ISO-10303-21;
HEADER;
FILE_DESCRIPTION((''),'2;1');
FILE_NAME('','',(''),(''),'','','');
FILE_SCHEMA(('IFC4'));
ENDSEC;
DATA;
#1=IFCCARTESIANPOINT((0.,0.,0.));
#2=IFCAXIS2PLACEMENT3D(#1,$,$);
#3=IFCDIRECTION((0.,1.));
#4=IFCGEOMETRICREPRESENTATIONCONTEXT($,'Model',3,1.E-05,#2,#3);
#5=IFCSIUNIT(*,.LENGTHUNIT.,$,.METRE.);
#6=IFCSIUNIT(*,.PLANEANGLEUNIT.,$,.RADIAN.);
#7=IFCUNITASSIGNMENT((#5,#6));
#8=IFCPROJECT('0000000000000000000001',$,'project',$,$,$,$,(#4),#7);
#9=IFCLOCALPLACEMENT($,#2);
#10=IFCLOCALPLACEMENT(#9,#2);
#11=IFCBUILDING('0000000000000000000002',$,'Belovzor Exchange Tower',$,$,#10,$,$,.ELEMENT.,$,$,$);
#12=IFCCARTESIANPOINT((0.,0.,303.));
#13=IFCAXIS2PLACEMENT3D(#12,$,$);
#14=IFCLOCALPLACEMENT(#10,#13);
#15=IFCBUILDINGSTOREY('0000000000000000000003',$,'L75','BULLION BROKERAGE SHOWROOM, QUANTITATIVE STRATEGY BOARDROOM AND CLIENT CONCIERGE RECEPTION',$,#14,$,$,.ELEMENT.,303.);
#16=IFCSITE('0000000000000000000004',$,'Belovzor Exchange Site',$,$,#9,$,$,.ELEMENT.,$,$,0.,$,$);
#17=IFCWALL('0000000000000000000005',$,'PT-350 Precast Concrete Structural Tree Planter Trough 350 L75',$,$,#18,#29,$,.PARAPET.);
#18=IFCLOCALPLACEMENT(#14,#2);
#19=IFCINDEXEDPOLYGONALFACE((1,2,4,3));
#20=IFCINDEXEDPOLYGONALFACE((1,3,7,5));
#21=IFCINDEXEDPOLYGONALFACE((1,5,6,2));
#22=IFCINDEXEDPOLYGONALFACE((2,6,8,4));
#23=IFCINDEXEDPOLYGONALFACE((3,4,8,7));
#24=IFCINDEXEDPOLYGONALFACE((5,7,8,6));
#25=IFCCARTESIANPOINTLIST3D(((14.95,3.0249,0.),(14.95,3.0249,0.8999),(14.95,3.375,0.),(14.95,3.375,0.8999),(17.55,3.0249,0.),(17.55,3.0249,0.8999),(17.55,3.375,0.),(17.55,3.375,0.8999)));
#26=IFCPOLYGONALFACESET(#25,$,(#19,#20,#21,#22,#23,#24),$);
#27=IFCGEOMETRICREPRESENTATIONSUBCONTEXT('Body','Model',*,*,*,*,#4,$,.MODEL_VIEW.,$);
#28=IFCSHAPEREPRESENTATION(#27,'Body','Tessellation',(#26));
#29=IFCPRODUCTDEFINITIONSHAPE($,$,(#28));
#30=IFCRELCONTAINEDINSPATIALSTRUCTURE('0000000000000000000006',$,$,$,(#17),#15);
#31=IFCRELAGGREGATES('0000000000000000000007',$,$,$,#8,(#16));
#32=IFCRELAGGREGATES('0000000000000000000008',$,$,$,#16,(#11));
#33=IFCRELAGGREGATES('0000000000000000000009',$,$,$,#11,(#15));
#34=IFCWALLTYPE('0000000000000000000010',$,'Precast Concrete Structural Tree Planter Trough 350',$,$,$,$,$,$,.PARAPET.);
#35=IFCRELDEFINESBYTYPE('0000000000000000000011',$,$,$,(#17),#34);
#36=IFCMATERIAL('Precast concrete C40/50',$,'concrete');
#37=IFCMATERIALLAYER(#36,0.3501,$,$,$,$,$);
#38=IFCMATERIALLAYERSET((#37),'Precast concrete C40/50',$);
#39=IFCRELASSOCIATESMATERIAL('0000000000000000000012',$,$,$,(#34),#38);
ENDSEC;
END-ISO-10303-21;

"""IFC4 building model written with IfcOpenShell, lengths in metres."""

from ifc_helpers import new_model, si_unit, direction, frame, frame_2d, origin, place, context, subcontext, project, spatial, rectangle, extrude, material, layer, layer_set, type_object, element, save


model = new_model("IFC4")

# Units and contexts
model_context = context("Model", 3, precision=1e-05, world=origin(), true_north=direction((0.0, 1.0)))
body_context = subcontext(model_context, "Body", "Model", "MODEL_VIEW")
ifc_project = project(units=[si_unit("LENGTHUNIT", "METRE"), si_unit("PLANEANGLEUNIT", "RADIAN")], contexts=[model_context])

# Site, building, storey
site_placement = place(None, origin())
site = spatial("IfcSite", under=ifc_project, at=site_placement, Name="Belovzor Exchange Site", CompositionType="ELEMENT", RefElevation=0.0)
building_placement = place(site_placement, origin())
building = spatial("IfcBuilding", under=site, at=building_placement, Name="Belovzor Exchange Tower", CompositionType="ELEMENT")
storey_placement = place(building_placement, frame((0.0, 0.0, 303.0)))
storey = spatial("IfcBuildingStorey", under=building, at=storey_placement, Name="L75", Description="BULLION BROKERAGE SHOWROOM, QUANTITATIVE STRATEGY BOARDROOM AND CLIENT CONCIERGE RECEPTION", CompositionType="ELEMENT", Elevation=303.0)

# Wall
ifc_material_1 = material(Name="Precast concrete C40/50", Category="concrete")
ifc_layer_1 = layer(ifc_material_1, 0.3501)
ifc_layer_set_1 = layer_set([ifc_layer_1], Name="Precast concrete C40/50")
wall_type_1 = type_object("IfcWallType", Name="Precast Concrete Structural Tree Planter Trough 350", PredefinedType="PARAPET", material=ifc_layer_set_1)
wall_1_placement = place(storey_placement, frame((14.95, 3.2, 0.0), z_axis=(0.0, 0.0, 1.0), x_axis=(1.0, 0.0, 0.0)))
element("IfcWall", 1, at=wall_1_placement, inside=storey, type_object=wall_type_1, Name="PT-350 Precast Concrete Structural Tree Planter Trough 350 L75", PredefinedType="PARAPET", context=body_context, shape_type="SweptSolid", body=[
    extrude(rectangle(XDim=2.6001, YDim=0.3501, at=frame_2d((1.3, 0.0))), origin(), (0.0, 0.0, 1.0), 0.8999),
])

save(model, "model.ifc")
